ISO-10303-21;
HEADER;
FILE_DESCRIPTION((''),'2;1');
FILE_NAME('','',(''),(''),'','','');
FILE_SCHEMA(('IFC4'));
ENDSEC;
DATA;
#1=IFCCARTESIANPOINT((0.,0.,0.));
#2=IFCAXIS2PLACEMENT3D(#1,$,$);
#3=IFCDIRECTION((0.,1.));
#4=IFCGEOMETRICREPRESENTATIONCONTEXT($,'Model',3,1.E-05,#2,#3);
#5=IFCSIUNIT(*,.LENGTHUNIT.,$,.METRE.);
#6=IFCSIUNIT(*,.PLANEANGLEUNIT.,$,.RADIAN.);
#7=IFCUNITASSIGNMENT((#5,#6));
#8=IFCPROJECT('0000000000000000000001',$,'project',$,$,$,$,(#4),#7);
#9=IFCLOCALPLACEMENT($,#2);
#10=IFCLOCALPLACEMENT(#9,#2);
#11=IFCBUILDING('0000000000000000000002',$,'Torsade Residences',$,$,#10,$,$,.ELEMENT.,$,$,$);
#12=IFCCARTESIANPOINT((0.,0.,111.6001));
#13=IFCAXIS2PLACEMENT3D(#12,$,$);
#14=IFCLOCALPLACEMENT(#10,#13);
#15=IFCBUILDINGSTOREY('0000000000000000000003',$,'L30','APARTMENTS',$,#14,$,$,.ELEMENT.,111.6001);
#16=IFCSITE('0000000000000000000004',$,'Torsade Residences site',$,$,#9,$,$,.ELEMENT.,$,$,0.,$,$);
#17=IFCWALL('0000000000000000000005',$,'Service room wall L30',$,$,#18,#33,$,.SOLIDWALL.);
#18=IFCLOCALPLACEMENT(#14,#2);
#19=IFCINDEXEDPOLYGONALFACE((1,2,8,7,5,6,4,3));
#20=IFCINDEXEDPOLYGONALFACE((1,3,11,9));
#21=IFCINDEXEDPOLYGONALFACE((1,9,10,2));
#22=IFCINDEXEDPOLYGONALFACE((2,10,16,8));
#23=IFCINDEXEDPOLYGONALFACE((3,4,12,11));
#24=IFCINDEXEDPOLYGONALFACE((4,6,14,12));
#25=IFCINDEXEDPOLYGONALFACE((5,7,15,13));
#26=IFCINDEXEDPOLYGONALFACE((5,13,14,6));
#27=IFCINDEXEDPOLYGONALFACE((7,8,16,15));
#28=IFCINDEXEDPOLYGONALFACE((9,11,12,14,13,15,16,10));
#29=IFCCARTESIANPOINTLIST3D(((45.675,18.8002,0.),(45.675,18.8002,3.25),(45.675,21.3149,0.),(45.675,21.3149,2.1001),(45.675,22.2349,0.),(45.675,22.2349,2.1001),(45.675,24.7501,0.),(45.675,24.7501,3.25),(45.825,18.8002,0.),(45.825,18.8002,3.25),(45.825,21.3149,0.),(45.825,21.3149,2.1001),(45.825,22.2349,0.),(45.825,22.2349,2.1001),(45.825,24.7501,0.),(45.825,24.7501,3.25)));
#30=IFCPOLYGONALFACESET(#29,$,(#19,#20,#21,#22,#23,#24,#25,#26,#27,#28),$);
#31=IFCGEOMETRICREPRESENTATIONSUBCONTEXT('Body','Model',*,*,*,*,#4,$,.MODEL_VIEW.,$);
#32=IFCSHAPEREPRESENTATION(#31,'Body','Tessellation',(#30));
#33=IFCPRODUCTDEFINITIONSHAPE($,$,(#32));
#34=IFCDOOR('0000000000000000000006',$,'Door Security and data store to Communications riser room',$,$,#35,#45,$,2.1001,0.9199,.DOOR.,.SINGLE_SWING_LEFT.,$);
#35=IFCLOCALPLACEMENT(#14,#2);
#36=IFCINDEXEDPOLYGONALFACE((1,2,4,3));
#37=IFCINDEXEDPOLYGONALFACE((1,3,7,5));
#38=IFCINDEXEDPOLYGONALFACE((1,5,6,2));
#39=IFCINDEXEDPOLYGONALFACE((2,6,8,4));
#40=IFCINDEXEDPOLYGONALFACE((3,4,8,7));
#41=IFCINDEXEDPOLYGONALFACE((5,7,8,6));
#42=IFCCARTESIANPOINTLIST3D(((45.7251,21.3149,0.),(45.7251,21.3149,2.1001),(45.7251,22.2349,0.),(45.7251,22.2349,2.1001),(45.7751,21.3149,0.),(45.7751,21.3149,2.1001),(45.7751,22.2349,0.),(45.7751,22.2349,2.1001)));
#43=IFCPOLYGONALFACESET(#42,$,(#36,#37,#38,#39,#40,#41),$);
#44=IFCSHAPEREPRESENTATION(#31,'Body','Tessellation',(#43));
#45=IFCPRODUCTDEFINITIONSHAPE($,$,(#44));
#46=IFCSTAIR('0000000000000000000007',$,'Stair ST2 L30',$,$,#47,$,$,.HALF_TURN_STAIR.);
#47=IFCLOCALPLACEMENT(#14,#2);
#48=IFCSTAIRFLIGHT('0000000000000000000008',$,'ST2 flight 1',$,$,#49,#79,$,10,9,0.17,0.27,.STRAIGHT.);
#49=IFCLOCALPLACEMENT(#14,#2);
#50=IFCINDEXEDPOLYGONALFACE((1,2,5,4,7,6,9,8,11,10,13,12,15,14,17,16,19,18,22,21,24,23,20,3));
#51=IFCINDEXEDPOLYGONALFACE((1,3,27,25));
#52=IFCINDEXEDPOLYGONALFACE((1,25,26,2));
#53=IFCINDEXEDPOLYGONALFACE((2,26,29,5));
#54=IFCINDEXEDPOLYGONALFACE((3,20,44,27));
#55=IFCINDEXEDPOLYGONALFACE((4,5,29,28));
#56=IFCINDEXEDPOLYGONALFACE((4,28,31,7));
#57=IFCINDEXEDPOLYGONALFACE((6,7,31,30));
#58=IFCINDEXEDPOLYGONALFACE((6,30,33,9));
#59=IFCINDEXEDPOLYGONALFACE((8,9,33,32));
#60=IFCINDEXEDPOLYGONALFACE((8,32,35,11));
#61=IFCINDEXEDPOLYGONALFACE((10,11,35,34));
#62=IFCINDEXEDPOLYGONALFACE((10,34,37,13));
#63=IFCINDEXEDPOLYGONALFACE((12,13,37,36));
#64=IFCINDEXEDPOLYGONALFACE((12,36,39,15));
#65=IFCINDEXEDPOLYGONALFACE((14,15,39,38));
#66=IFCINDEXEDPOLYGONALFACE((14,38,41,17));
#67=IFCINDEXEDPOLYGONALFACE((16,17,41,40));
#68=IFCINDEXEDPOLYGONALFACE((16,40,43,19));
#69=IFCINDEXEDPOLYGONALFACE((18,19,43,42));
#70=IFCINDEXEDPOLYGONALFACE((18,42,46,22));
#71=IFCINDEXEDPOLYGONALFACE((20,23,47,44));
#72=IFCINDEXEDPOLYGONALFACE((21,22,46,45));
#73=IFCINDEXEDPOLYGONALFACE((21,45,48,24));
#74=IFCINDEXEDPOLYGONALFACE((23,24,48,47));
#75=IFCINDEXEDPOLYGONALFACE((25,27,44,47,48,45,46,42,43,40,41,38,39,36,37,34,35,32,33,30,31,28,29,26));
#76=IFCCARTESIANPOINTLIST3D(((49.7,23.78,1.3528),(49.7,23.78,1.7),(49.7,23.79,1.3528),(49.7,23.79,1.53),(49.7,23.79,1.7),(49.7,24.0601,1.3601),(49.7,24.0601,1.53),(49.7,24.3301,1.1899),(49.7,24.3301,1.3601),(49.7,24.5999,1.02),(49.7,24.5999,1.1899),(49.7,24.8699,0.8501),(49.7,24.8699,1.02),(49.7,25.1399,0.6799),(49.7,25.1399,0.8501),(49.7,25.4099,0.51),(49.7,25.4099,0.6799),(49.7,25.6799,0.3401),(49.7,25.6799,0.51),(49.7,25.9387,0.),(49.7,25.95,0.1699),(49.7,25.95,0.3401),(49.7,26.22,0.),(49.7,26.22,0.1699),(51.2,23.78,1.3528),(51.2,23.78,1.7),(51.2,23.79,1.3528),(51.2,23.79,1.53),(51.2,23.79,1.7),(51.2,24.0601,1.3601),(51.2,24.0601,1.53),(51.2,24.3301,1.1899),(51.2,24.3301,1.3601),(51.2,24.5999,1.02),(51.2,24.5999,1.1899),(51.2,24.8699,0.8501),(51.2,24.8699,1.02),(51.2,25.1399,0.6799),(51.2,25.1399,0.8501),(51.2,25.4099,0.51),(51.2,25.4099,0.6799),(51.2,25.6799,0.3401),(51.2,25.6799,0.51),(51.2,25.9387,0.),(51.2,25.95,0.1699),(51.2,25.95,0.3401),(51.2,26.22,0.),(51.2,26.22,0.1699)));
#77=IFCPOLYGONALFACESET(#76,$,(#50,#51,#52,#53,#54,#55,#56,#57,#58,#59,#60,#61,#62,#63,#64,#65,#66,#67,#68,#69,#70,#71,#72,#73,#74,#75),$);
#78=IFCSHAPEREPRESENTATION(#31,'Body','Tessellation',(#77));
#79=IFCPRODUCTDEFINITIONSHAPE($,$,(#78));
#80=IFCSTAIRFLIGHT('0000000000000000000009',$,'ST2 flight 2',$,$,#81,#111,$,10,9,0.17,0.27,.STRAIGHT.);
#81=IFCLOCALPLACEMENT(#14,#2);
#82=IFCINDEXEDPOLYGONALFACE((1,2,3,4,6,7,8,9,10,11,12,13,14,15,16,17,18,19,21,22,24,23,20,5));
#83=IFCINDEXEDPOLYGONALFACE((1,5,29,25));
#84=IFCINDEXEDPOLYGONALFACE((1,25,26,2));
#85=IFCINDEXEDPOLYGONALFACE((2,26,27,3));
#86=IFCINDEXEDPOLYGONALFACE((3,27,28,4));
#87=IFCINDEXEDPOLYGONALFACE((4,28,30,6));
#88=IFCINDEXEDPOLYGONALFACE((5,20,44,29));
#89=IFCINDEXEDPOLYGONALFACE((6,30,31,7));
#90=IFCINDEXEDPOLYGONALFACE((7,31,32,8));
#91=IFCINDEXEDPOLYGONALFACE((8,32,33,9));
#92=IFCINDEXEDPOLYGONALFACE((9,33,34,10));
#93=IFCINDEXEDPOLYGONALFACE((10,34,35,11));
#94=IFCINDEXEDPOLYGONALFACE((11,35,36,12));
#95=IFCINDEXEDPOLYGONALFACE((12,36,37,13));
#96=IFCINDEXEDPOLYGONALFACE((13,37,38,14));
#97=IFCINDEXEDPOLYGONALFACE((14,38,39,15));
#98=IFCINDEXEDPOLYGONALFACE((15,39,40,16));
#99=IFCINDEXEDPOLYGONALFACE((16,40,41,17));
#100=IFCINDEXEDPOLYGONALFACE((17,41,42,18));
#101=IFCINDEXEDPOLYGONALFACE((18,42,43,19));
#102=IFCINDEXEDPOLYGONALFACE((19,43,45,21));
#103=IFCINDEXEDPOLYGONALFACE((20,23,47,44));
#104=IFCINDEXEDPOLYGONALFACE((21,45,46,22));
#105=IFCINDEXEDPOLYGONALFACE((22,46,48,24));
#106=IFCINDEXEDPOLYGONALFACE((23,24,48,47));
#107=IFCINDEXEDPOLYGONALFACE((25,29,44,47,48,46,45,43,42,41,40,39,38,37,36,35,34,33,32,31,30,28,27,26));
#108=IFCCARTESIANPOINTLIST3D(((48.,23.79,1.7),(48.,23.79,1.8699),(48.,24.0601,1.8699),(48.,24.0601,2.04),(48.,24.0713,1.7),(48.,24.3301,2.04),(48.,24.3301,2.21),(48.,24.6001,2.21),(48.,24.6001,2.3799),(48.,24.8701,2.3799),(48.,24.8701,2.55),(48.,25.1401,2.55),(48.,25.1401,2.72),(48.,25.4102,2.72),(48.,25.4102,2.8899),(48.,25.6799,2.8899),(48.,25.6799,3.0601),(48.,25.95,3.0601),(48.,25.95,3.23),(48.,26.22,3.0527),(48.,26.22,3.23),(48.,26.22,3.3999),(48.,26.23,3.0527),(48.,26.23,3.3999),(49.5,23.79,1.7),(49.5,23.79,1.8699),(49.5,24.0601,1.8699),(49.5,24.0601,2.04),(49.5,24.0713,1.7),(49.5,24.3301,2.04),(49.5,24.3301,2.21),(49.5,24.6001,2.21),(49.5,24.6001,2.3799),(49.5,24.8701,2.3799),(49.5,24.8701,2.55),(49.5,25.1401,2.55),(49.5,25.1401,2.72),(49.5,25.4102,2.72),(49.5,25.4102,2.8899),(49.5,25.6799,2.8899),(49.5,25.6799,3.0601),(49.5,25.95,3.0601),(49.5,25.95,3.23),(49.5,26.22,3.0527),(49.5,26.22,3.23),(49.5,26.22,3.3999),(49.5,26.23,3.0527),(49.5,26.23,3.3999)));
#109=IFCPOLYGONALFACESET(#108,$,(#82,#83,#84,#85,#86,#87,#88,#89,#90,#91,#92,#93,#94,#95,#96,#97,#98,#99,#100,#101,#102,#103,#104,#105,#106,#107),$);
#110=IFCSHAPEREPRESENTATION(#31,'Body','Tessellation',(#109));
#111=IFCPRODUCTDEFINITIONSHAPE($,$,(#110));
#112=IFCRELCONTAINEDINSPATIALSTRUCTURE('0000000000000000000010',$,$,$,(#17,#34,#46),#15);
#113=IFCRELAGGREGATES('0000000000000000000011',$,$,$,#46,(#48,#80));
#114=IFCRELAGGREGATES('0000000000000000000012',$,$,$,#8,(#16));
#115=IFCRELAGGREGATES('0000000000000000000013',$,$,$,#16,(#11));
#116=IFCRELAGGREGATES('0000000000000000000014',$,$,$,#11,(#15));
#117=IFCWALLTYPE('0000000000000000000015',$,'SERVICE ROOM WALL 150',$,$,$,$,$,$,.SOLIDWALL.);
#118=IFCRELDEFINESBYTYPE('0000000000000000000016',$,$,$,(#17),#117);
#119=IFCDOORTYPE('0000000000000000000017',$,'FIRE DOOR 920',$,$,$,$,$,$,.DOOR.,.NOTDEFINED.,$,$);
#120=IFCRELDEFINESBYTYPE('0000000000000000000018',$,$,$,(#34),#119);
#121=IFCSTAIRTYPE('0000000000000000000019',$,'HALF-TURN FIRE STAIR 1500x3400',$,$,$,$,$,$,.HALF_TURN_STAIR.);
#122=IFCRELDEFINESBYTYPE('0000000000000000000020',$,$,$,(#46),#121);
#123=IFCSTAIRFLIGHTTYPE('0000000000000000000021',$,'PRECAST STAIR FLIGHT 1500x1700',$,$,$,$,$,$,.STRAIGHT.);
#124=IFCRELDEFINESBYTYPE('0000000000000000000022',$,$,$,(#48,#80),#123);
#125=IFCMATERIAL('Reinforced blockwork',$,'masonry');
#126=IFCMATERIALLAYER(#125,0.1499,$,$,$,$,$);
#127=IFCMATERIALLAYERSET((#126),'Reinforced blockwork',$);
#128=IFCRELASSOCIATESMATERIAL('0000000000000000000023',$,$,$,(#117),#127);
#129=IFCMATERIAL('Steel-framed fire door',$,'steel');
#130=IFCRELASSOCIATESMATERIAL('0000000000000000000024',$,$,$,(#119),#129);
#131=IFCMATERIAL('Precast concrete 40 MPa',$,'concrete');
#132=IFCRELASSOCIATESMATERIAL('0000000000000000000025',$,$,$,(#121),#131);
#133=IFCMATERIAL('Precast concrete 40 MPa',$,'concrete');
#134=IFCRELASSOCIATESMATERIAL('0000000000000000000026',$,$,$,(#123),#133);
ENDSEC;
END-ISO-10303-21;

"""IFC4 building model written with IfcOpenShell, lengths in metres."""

from ifc_helpers import new_model, si_unit, direction, frame, frame_2d, origin, place, context, subcontext, project, spatial, polyline, rectangle, outline, extrude, material, layer, layer_set, type_object, element, fill, aggregate, save


model = new_model("IFC4")

# Units and contexts
model_context = context("Model", 3, precision=1e-05, world=origin(), true_north=direction((0.0, 1.0)))
body_context = subcontext(model_context, "Body", "Model", "MODEL_VIEW")
ifc_project = project(units=[si_unit("LENGTHUNIT", "METRE"), si_unit("PLANEANGLEUNIT", "RADIAN")], contexts=[model_context])

# Site, building, storey
site_placement = place(None, origin())
site = spatial("IfcSite", under=ifc_project, at=site_placement, Name="Torsade Residences site", CompositionType="ELEMENT", RefElevation=0.0)
building_placement = place(site_placement, origin())
building = spatial("IfcBuilding", under=site, at=building_placement, Name="Torsade Residences", CompositionType="ELEMENT")
storey_placement = place(building_placement, frame((0.0, 0.0, 111.6001)))
storey = spatial("IfcBuildingStorey", under=building, at=storey_placement, Name="L30", Description="APARTMENTS", CompositionType="ELEMENT", Elevation=111.6001)

# Wall, opening, door
ifc_material_1 = material(Name="Reinforced blockwork", Category="masonry")
ifc_layer_1 = layer(ifc_material_1, 0.1499)
ifc_layer_set_1 = layer_set([ifc_layer_1], Name="Reinforced blockwork")
wall_type_1 = type_object("IfcWallType", Name="SERVICE ROOM WALL 150", PredefinedType="SOLIDWALL", material=ifc_layer_set_1)
wall_1_placement = place(storey_placement, frame((45.75, 18.8, 0.0), z_axis=(0.0, 0.0, 1.0), x_axis=(0.0, 1.0, 0.0)))
wall_1 = element("IfcWall", 1, at=wall_1_placement, inside=storey, type_object=wall_type_1, Name="Service room wall L30", PredefinedType="SOLIDWALL", context=body_context, shape_type="SweptSolid", body=[
    extrude(rectangle(XDim=5.95, YDim=0.1499, at=frame_2d((2.9751, 0.0))), origin(), (0.0, 0.0, 1.0), 3.25),
])
opening_1_placement = place(wall_1_placement, frame((2.5149, 0.0, 0.0)))
opening_1 = element("IfcOpeningElement", 2, at=opening_1_placement, cuts=wall_1, PredefinedType="OPENING", context=body_context, shape_type="SweptSolid", body=[
    extrude(rectangle(XDim=0.9199, YDim=2.1001, at=frame_2d((0.46, 1.05))), frame((0.0, 0.085, 0.0), z_axis=(0.0, -1.0, 0.0), x_axis=(1.0, 0.0, 0.0)), (0.0, 0.0, 1.0), 0.1699),
])
ifc_material_2 = material(Name="Steel-framed fire door", Category="steel")
door_type_1 = type_object("IfcDoorType", Name="FIRE DOOR 920", OperationType="NOTDEFINED", PredefinedType="DOOR", material=ifc_material_2)
door_1_placement = place(opening_1_placement, origin())
door_1 = element("IfcDoor", 3, at=door_1_placement, inside=storey, type_object=door_type_1, Name="Door Security and data store to Communications riser room", OperationType="SINGLE_SWING_LEFT", OverallHeight=2.1001, OverallWidth=0.9199, PredefinedType="DOOR", context=body_context, shape_type="SweptSolid", body=[
    extrude(rectangle(XDim=0.9199, YDim=2.1001, at=frame_2d((0.46, 1.05))), frame((0.0, 0.0249, 0.0), z_axis=(0.0, -1.0, 0.0), x_axis=(1.0, 0.0, 0.0)), (0.0, 0.0, 1.0), 0.05),
])
fill(opening_1, door_1)

# Stair, stair flights
ifc_material_3 = material(Name="Precast concrete 40 MPa", Category="concrete")
stair_type = type_object("IfcStairType", Name="HALF-TURN FIRE STAIR 1500x3400", PredefinedType="HALF_TURN_STAIR", material=ifc_material_3)
stair_placement = place(storey_placement, origin())
stair = element("IfcStair", 4, at=stair_placement, inside=storey, type_object=stair_type, Name="Stair ST2 L30", PredefinedType="HALF_TURN_STAIR")
ifc_material_4 = material(Name="Precast concrete 40 MPa", Category="concrete")
stair_flight_type = type_object("IfcStairFlightType", Name="PRECAST STAIR FLIGHT 1500x1700", PredefinedType="STRAIGHT", material=ifc_material_4)
stair_flight_1_placement = place(storey_placement, frame((50.45, 26.22, 0.0), z_axis=(0.0, 0.0, 1.0), x_axis=(0.0, -1.0, 0.0)))
stair_flight_1 = element("IfcStairFlight", 5, at=stair_flight_1_placement, type_object=stair_flight_type, Name="ST2 flight 1", NumberOfRisers=10, NumberOfTreads=9, PredefinedType="STRAIGHT", RiserHeight=0.17, TreadLength=0.27, context=body_context, shape_type="SweptSolid", body=[
    extrude(outline(polyline([(0.0, 0.0), (0.0, 0.1699), (0.27, 0.1699), (0.27, 0.3401), (0.54, 0.3401), (0.54, 0.51), (0.8101, 0.51), (0.8101, 0.6799), (1.0801, 0.6799), (1.0801, 0.8501), (1.3501, 0.8501), (1.3501, 1.02), (1.6201, 1.02), (1.6201, 1.1899), (1.8899, 1.1899), (1.8899, 1.3601), (2.1599, 1.3601), (2.1599, 1.53), (2.4299, 1.53), (2.4299, 1.7), (2.4399, 1.7), (2.4399, 1.3528), (2.4299, 1.3528), (0.2812, 0.0), (0.0, 0.0)])), frame((0.0, 0.75, 0.0), z_axis=(0.0, -1.0, 0.0), x_axis=(1.0, 0.0, 0.0)), (0.0, 0.0, 1.0), 1.5),
])
stair_flight_2_placement = place(storey_placement, frame((48.75, 23.79, 1.7), z_axis=(0.0, 0.0, 1.0), x_axis=(0.0, 1.0, 0.0)))
stair_flight_2 = element("IfcStairFlight", 6, at=stair_flight_2_placement, type_object=stair_flight_type, Name="ST2 flight 2", NumberOfRisers=10, NumberOfTreads=9, PredefinedType="STRAIGHT", RiserHeight=0.17, TreadLength=0.27, context=body_context, shape_type="SweptSolid", body=[
    extrude(outline(polyline([(0.0, 0.0), (0.0, 0.1699), (0.27, 0.1699), (0.27, 0.3401), (0.54, 0.3401), (0.54, 0.51), (0.8101, 0.51), (0.8101, 0.6799), (1.0801, 0.6799), (1.0801, 0.8501), (1.3501, 0.8501), (1.3501, 1.02), (1.6201, 1.02), (1.6201, 1.1899), (1.8899, 1.1899), (1.8899, 1.3601), (2.1599, 1.3601), (2.1599, 1.53), (2.4299, 1.53), (2.4299, 1.7), (2.4399, 1.7), (2.4399, 1.3528), (2.4299, 1.3528), (0.2812, 0.0), (0.0, 0.0)])), frame((0.0, 0.75, 0.0), z_axis=(0.0, -1.0, 0.0), x_axis=(1.0, 0.0, 0.0)), (0.0, 0.0, 1.0), 1.5),
])
aggregate(stair, [stair_flight_1, stair_flight_2])

save(model, "model.ifc")
